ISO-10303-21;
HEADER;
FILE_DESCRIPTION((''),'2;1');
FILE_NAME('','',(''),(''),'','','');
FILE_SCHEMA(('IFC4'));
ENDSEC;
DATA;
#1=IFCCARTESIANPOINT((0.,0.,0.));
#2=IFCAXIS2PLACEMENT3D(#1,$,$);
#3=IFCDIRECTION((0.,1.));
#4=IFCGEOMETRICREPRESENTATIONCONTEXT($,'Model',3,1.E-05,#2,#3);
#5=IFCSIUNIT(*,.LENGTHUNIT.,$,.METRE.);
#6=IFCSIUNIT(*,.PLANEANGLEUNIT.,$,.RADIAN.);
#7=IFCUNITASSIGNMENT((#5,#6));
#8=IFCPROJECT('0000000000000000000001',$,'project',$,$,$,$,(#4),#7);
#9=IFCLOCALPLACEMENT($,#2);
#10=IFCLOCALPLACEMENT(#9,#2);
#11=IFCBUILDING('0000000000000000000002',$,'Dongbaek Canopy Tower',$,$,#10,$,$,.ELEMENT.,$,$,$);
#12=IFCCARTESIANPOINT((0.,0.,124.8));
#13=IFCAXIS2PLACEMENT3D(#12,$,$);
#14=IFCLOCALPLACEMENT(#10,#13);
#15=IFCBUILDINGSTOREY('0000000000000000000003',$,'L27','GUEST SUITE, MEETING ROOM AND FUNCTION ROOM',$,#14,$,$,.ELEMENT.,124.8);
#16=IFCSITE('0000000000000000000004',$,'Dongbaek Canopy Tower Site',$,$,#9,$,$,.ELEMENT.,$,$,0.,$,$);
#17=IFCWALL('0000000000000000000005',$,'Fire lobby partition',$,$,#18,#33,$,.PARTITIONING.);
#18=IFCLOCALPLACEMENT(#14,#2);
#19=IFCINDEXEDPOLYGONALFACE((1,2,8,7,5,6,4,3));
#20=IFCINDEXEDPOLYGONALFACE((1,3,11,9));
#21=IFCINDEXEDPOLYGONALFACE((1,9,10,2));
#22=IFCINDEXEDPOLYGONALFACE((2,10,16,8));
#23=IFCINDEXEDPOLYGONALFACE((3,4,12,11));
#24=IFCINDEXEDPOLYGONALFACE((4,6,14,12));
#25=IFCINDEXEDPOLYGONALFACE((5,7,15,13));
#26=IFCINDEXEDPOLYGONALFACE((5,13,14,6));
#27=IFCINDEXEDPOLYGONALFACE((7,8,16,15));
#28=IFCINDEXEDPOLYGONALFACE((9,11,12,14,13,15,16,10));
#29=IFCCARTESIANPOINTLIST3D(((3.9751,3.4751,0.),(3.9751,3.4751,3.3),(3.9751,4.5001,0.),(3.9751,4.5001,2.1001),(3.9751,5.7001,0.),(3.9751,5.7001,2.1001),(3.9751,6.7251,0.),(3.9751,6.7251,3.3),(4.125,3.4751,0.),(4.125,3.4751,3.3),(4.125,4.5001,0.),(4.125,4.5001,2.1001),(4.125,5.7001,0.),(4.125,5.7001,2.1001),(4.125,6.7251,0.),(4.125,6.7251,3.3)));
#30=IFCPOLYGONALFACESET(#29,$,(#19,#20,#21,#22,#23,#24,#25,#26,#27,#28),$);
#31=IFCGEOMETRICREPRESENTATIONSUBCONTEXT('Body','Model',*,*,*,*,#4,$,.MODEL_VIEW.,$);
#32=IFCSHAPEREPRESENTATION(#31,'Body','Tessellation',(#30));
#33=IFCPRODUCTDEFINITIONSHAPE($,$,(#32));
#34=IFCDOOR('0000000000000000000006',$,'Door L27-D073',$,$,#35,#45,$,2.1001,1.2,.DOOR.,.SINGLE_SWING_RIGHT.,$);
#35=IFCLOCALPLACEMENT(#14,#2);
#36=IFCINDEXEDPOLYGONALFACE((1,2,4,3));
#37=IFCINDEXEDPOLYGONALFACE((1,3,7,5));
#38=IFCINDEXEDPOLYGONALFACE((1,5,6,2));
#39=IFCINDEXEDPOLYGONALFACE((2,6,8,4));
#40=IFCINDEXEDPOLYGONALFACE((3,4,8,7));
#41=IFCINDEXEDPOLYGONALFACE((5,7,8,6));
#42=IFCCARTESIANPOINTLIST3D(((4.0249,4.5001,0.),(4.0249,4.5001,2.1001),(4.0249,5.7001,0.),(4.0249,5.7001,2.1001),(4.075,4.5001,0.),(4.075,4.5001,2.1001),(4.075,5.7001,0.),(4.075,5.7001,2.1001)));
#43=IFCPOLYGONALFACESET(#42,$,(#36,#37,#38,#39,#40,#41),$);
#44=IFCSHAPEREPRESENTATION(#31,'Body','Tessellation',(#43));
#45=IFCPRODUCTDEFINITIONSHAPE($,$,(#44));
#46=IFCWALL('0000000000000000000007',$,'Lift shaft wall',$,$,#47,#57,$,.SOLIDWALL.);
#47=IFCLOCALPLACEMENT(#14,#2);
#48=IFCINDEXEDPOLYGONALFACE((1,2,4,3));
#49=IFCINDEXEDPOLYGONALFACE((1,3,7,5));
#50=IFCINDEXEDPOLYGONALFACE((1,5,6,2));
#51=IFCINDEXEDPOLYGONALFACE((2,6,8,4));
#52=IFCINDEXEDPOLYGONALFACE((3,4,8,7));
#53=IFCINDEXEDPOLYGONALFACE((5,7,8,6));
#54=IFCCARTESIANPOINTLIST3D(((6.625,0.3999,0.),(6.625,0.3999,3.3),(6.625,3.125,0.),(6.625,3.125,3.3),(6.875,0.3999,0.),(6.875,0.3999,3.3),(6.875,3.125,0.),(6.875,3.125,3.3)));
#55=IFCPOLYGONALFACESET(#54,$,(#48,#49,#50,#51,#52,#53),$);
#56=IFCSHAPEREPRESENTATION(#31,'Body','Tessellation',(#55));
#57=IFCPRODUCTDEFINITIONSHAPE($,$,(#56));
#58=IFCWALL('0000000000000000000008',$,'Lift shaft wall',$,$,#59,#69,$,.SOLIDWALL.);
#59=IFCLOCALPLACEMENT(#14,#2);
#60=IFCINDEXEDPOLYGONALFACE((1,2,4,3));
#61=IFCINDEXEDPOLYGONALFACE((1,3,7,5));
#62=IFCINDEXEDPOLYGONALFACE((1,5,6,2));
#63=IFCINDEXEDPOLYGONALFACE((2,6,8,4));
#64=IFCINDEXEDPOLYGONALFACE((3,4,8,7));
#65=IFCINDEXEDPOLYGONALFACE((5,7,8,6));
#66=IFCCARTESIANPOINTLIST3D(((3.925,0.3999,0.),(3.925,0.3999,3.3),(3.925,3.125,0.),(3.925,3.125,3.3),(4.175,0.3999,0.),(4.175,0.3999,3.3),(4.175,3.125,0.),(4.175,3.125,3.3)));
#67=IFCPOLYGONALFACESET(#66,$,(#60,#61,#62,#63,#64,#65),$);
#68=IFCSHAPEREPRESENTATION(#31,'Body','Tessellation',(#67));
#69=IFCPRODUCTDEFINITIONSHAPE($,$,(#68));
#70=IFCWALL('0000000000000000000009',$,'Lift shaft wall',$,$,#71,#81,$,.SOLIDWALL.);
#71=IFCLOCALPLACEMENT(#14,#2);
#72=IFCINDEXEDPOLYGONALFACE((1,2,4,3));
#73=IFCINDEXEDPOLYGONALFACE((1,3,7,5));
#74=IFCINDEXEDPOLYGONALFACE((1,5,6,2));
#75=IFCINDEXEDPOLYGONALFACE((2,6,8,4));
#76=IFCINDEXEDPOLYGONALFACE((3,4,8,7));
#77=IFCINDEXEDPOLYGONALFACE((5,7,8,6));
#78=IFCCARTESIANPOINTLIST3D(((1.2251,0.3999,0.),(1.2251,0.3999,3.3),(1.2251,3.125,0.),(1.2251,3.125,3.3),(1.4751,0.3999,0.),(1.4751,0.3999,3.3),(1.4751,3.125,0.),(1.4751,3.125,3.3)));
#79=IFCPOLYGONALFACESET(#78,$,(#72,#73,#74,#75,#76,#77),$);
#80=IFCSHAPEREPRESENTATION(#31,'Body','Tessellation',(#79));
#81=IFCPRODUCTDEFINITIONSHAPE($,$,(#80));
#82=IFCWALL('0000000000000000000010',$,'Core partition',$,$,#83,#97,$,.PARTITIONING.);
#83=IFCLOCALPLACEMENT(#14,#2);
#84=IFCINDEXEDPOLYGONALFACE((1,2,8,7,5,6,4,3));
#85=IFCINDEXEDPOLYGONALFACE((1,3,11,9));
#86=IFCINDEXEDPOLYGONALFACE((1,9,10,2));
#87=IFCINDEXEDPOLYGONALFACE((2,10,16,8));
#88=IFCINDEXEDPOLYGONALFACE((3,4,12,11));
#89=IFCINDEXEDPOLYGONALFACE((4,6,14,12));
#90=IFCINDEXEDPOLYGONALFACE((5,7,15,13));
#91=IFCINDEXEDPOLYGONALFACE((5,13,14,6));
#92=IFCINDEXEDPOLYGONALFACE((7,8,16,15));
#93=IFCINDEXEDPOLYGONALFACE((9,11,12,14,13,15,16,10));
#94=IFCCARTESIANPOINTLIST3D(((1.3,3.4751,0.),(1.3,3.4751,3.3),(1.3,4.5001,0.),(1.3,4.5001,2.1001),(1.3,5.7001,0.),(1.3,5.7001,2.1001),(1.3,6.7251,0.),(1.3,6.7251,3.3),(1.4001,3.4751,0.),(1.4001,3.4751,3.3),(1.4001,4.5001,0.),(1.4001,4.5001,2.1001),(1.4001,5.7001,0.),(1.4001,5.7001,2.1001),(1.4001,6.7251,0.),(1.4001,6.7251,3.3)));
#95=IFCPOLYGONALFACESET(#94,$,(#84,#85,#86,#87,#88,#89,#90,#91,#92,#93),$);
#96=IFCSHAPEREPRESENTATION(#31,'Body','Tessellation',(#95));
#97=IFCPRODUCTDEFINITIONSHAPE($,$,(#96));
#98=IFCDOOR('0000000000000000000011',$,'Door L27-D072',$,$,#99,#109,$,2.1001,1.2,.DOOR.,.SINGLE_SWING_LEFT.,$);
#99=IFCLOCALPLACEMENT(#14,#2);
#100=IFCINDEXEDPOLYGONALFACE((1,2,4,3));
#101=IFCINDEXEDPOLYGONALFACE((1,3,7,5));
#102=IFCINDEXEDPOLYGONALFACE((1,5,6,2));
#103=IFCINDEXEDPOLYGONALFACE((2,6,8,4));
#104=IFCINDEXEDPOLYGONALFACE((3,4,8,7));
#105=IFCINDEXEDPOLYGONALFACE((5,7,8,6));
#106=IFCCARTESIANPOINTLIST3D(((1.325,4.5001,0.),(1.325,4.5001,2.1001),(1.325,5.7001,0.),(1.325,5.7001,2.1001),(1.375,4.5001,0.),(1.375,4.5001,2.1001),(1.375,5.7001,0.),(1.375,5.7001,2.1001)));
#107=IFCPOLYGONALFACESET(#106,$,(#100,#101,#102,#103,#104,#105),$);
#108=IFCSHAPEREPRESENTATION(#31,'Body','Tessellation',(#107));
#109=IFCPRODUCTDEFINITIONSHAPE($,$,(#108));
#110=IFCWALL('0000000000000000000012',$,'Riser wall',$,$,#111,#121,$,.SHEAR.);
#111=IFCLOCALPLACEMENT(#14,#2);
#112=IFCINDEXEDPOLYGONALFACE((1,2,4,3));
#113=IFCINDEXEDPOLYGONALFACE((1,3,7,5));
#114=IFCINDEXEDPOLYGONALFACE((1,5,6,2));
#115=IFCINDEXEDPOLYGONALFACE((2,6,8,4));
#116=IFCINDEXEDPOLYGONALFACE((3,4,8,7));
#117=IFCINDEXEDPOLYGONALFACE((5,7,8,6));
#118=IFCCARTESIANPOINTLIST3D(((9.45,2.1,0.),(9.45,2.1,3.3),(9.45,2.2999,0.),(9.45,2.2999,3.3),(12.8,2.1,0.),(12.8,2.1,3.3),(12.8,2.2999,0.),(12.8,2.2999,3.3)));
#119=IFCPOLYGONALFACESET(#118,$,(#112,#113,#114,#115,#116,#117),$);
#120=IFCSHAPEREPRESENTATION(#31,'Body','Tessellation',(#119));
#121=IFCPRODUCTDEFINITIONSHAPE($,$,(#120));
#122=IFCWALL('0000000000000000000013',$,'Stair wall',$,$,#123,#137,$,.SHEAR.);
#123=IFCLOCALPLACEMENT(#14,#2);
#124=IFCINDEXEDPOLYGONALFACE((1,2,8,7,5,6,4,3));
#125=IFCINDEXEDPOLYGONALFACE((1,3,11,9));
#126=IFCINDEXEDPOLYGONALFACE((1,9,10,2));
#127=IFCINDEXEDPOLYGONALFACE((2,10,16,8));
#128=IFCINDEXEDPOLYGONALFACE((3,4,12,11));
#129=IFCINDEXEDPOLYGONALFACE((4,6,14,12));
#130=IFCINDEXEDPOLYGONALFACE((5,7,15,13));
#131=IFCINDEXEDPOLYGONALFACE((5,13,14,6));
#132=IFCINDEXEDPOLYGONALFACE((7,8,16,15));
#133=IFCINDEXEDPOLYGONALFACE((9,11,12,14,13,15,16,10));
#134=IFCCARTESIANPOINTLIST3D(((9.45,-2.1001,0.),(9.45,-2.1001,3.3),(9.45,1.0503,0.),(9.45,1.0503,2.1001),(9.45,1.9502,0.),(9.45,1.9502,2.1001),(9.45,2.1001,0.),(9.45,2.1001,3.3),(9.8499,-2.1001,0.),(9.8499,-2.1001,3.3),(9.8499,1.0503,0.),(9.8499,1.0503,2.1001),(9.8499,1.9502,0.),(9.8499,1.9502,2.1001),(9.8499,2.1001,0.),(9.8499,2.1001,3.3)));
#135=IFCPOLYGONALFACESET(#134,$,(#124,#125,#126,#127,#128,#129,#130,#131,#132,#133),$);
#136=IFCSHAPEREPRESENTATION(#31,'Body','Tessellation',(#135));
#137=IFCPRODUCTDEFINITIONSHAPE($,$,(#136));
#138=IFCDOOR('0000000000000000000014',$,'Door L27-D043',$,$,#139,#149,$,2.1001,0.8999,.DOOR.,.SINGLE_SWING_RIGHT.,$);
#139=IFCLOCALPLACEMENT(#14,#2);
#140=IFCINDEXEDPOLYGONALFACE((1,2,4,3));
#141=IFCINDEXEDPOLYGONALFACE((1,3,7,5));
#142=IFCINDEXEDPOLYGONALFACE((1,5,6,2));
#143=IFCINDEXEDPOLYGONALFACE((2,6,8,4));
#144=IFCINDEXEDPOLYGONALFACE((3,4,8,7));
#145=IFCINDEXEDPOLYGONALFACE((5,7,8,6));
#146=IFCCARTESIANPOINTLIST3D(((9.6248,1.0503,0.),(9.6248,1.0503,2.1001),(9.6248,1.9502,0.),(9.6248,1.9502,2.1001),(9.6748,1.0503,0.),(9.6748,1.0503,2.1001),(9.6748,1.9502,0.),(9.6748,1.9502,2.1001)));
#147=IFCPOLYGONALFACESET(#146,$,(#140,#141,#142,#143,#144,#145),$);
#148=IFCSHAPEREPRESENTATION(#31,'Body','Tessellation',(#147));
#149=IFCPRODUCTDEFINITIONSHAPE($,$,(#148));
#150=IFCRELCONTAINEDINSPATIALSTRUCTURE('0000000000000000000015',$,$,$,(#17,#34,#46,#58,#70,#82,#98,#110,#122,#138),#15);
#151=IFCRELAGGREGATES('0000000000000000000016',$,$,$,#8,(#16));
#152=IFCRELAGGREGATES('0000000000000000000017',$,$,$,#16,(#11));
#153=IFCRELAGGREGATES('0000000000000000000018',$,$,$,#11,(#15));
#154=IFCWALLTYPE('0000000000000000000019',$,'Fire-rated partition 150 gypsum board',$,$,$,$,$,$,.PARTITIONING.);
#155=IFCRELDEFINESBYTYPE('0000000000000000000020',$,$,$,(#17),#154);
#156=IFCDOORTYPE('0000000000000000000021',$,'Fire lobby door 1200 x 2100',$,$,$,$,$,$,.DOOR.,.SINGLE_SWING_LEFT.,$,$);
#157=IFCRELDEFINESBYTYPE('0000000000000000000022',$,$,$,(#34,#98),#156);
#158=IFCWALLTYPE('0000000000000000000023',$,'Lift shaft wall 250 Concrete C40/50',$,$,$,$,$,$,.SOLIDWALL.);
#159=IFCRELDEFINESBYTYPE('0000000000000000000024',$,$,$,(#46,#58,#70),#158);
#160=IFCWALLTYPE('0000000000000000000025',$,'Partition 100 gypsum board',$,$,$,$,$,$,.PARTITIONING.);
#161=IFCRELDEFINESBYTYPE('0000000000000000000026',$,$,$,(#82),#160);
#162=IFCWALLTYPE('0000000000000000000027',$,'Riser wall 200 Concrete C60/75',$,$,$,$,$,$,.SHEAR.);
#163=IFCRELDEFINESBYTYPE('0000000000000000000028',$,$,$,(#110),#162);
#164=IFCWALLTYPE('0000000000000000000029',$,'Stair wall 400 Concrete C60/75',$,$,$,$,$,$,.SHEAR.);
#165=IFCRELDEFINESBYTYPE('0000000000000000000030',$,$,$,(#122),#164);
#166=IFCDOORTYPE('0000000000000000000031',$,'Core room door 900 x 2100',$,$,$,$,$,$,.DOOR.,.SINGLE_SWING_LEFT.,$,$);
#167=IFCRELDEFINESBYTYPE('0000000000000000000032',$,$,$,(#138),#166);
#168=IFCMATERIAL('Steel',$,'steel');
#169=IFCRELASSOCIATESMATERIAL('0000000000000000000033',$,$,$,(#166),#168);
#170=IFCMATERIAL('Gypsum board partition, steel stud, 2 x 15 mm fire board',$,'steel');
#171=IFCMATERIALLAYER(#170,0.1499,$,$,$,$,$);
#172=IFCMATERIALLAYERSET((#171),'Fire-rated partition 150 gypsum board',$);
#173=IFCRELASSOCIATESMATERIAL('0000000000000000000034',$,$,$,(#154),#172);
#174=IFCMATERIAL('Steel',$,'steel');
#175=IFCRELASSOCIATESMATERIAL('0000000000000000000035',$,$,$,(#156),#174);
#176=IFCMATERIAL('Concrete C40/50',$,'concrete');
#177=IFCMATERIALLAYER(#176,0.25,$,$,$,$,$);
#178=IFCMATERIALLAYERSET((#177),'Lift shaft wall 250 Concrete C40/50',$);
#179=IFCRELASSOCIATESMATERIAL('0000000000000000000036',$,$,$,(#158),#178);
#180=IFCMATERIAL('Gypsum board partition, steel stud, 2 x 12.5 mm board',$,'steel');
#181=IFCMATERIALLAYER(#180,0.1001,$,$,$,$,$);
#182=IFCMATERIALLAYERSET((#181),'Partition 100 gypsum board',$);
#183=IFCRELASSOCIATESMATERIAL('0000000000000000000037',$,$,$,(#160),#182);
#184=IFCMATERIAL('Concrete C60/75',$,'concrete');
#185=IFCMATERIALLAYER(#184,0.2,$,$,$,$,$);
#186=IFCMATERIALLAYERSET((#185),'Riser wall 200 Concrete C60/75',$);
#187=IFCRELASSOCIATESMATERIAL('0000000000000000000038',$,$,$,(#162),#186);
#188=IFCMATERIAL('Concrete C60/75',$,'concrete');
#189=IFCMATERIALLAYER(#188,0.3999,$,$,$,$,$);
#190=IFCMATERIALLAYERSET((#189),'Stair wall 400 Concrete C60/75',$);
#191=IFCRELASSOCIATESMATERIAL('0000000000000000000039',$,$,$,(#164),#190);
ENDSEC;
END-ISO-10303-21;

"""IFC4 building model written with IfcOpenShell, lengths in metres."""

from ifc_helpers import new_model, si_unit, direction, frame, frame_2d, origin, place, context, subcontext, project, spatial, rectangle, extrude, material, layer, layer_set, type_object, element, fill, save


model = new_model("IFC4")

# Units and contexts
model_context = context("Model", 3, precision=1e-05, world=origin(), true_north=direction((0.0, 1.0)))
body_context = subcontext(model_context, "Body", "Model", "MODEL_VIEW")
ifc_project = project(units=[si_unit("LENGTHUNIT", "METRE"), si_unit("PLANEANGLEUNIT", "RADIAN")], contexts=[model_context])

# Site, building, storey
site_placement = place(None, origin())
site = spatial("IfcSite", under=ifc_project, at=site_placement, Name="Dongbaek Canopy Tower Site", CompositionType="ELEMENT", RefElevation=0.0)
building_placement = place(site_placement, origin())
building = spatial("IfcBuilding", under=site, at=building_placement, Name="Dongbaek Canopy Tower", CompositionType="ELEMENT")
storey_placement = place(building_placement, frame((0.0, 0.0, 124.8)))
storey = spatial("IfcBuildingStorey", under=building, at=storey_placement, Name="L27", Description="GUEST SUITE, MEETING ROOM AND FUNCTION ROOM", CompositionType="ELEMENT", Elevation=124.8)

# Shared definitions
ifc_material_1 = material(Name="Steel", Category="steel")
door_type_1 = type_object("IfcDoorType", Name="Core room door 900 x 2100", OperationType="SINGLE_SWING_LEFT", PredefinedType="DOOR", material=ifc_material_1)

# Wall, opening, door
ifc_material_2 = material(Name="Gypsum board partition, steel stud, 2 x 15 mm fire board", Category="steel")
ifc_layer_1 = layer(ifc_material_2, 0.1499)
ifc_layer_set_1 = layer_set([ifc_layer_1], Name="Fire-rated partition 150 gypsum board")
wall_type_1 = type_object("IfcWallType", Name="Fire-rated partition 150 gypsum board", PredefinedType="PARTITIONING", material=ifc_layer_set_1)
wall_1_placement = place(storey_placement, frame((4.05, 6.7251, 0.0), z_axis=(0.0, 0.0, 1.0), x_axis=(0.0, -1.0, 0.0)))
wall_1 = element("IfcWall", 1, at=wall_1_placement, inside=storey, type_object=wall_type_1, Name="Fire lobby partition", PredefinedType="PARTITIONING", context=body_context, shape_type="SweptSolid", body=[
    extrude(rectangle(XDim=3.25, YDim=0.1499, at=frame_2d((1.625, 0.0))), origin(), (0.0, 0.0, 1.0), 3.3),
])
opening_1_placement = place(wall_1_placement, frame((1.0249, 0.0, 0.0)))
opening_1 = element("IfcOpeningElement", 2, at=opening_1_placement, cuts=wall_1, PredefinedType="OPENING", context=body_context, shape_type="SweptSolid", body=[
    extrude(rectangle(XDim=1.2, YDim=2.1001, at=frame_2d((0.6001, 1.05))), frame((0.0, 0.085, 0.0), z_axis=(0.0, -1.0, 0.0), x_axis=(1.0, 0.0, 0.0)), (0.0, 0.0, 1.0), 0.1699),
])
ifc_material_3 = material(Name="Steel", Category="steel")
door_type_2 = type_object("IfcDoorType", Name="Fire lobby door 1200 x 2100", OperationType="SINGLE_SWING_LEFT", PredefinedType="DOOR", material=ifc_material_3)
door_1_placement = place(opening_1_placement, origin())
door_1 = element("IfcDoor", 3, at=door_1_placement, inside=storey, type_object=door_type_2, Name="Door L27-D073", OperationType="SINGLE_SWING_RIGHT", OverallHeight=2.1001, OverallWidth=1.2, PredefinedType="DOOR", context=body_context, shape_type="SweptSolid", body=[
    extrude(rectangle(XDim=1.2, YDim=2.1001, at=frame_2d((0.6001, 1.05))), frame((0.0, 0.0249, 0.0), z_axis=(0.0, -1.0, 0.0), x_axis=(1.0, 0.0, 0.0)), (0.0, 0.0, 1.0), 0.05),
])
fill(opening_1, door_1)

# Walls
ifc_material_4 = material(Name="Concrete C40/50", Category="concrete")
ifc_layer_2 = layer(ifc_material_4, 0.25)
ifc_layer_set_2 = layer_set([ifc_layer_2], Name="Lift shaft wall 250 Concrete C40/50")
wall_type_2 = type_object("IfcWallType", Name="Lift shaft wall 250 Concrete C40/50", PredefinedType="SOLIDWALL", material=ifc_layer_set_2)
for number, where, z_axis, x_axis, name in (
    (4, (6.75, 0.3999, 0.0), (0.0, 0.0, 1.0), (0.0, 1.0, 0.0), "Lift shaft wall"),
    (5, (4.05, 0.3999, 0.0), (0.0, 0.0, 1.0), (0.0, 1.0, 0.0), "Lift shaft wall"),
    (6, (1.3501, 0.3999, 0.0), (0.0, 0.0, 1.0), (0.0, 1.0, 0.0), "Lift shaft wall"),
):
    element("IfcWall", number, at=place(storey_placement, frame(where, z_axis=z_axis, x_axis=x_axis)), inside=storey, type_object=wall_type_2, Name=name, PredefinedType="SOLIDWALL", context=body_context, shape_type="SweptSolid", body=[
        extrude(rectangle(XDim=2.7251, YDim=0.25, at=frame_2d((1.3625, 0.0))), origin(), (0.0, 0.0, 1.0), 3.3),
    ])

# Wall, opening, door
ifc_material_5 = material(Name="Gypsum board partition, steel stud, 2 x 12.5 mm board", Category="steel")
ifc_layer_3 = layer(ifc_material_5, 0.1001)
ifc_layer_set_3 = layer_set([ifc_layer_3], Name="Partition 100 gypsum board")
wall_type_3 = type_object("IfcWallType", Name="Partition 100 gypsum board", PredefinedType="PARTITIONING", material=ifc_layer_set_3)
wall_2_placement = place(storey_placement, frame((1.3501, 6.7251, 0.0), z_axis=(0.0, 0.0, 1.0), x_axis=(0.0, -1.0, 0.0)))
wall_2 = element("IfcWall", 7, at=wall_2_placement, inside=storey, type_object=wall_type_3, Name="Core partition", PredefinedType="PARTITIONING", context=body_context, shape_type="SweptSolid", body=[
    extrude(rectangle(XDim=3.25, YDim=0.1001, at=frame_2d((1.625, 0.0))), origin(), (0.0, 0.0, 1.0), 3.3),
])
opening_2_placement = place(wall_2_placement, frame((1.0249, 0.0, 0.0)))
opening_2 = element("IfcOpeningElement", 8, at=opening_2_placement, cuts=wall_2, PredefinedType="OPENING", context=body_context, shape_type="SweptSolid", body=[
    extrude(rectangle(XDim=1.2, YDim=2.1001, at=frame_2d((0.6001, 1.05))), frame((0.0, 0.0601, 0.0), z_axis=(0.0, -1.0, 0.0), x_axis=(1.0, 0.0, 0.0)), (0.0, 0.0, 1.0), 0.1201),
])
door_2_placement = place(opening_2_placement, origin())
door_2 = element("IfcDoor", 9, at=door_2_placement, inside=storey, type_object=door_type_2, Name="Door L27-D072", OperationType="SINGLE_SWING_LEFT", OverallHeight=2.1001, OverallWidth=1.2, PredefinedType="DOOR", context=body_context, shape_type="SweptSolid", body=[
    extrude(rectangle(XDim=1.2, YDim=2.1001, at=frame_2d((0.6001, 1.05))), frame((0.0, 0.0249, 0.0), z_axis=(0.0, -1.0, 0.0), x_axis=(1.0, 0.0, 0.0)), (0.0, 0.0, 1.0), 0.05),
])
fill(opening_2, door_2)

# Wall
ifc_material_6 = material(Name="Concrete C60/75", Category="concrete")
ifc_layer_4 = layer(ifc_material_6, 0.2)
ifc_layer_set_4 = layer_set([ifc_layer_4], Name="Riser wall 200 Concrete C60/75")
wall_type_4 = type_object("IfcWallType", Name="Riser wall 200 Concrete C60/75", PredefinedType="SHEAR", material=ifc_layer_set_4)
wall_3_placement = place(storey_placement, frame((9.45, 2.2, 0.0), z_axis=(0.0, 0.0, 1.0), x_axis=(1.0, 0.0, 0.0)))
element("IfcWall", 10, at=wall_3_placement, inside=storey, type_object=wall_type_4, Name="Riser wall", PredefinedType="SHEAR", context=body_context, shape_type="SweptSolid", body=[
    extrude(rectangle(XDim=3.3501, YDim=0.2, at=frame_2d((1.675, 0.0))), origin(), (0.0, 0.0, 1.0), 3.3),
])

# Wall, opening, door
ifc_material_7 = material(Name="Concrete C60/75", Category="concrete")
ifc_layer_5 = layer(ifc_material_7, 0.3999)
ifc_layer_set_5 = layer_set([ifc_layer_5], Name="Stair wall 400 Concrete C60/75")
wall_type_5 = type_object("IfcWallType", Name="Stair wall 400 Concrete C60/75", PredefinedType="SHEAR", material=ifc_layer_set_5)
wall_4_placement = place(storey_placement, frame((9.6499, 2.1001, 0.0), z_axis=(0.0, 0.0, 1.0), x_axis=(0.0, -1.0, 0.0)))
wall_4 = element("IfcWall", 11, at=wall_4_placement, inside=storey, type_object=wall_type_5, Name="Stair wall", PredefinedType="SHEAR", context=body_context, shape_type="SweptSolid", body=[
    extrude(rectangle(XDim=4.2002, YDim=0.3999, at=frame_2d((2.1001, 0.0))), origin(), (0.0, 0.0, 1.0), 3.3),
])
opening_3_placement = place(wall_4_placement, frame((0.1499, 0.0, 0.0)))
opening_3 = element("IfcOpeningElement", 12, at=opening_3_placement, cuts=wall_4, PredefinedType="OPENING", context=body_context, shape_type="SweptSolid", body=[
    extrude(rectangle(XDim=0.8999, YDim=2.1001, at=frame_2d((0.45, 1.05))), frame((0.0, 0.21, 0.0), z_axis=(0.0, -1.0, 0.0), x_axis=(1.0, 0.0, 0.0)), (0.0, 0.0, 1.0), 0.4199),
])
door_3_placement = place(opening_3_placement, origin())
door_3 = element("IfcDoor", 13, at=door_3_placement, inside=storey, type_object=door_type_1, Name="Door L27-D043", OperationType="SINGLE_SWING_RIGHT", OverallHeight=2.1001, OverallWidth=0.8999, PredefinedType="DOOR", context=body_context, shape_type="SweptSolid", body=[
    extrude(rectangle(XDim=0.8999, YDim=2.1001, at=frame_2d((0.45, 1.05))), frame((0.0, 0.0249, 0.0), z_axis=(0.0, -1.0, 0.0), x_axis=(1.0, 0.0, 0.0)), (0.0, 0.0, 1.0), 0.05),
])
fill(opening_3, door_3)

save(model, "model.ifc")
